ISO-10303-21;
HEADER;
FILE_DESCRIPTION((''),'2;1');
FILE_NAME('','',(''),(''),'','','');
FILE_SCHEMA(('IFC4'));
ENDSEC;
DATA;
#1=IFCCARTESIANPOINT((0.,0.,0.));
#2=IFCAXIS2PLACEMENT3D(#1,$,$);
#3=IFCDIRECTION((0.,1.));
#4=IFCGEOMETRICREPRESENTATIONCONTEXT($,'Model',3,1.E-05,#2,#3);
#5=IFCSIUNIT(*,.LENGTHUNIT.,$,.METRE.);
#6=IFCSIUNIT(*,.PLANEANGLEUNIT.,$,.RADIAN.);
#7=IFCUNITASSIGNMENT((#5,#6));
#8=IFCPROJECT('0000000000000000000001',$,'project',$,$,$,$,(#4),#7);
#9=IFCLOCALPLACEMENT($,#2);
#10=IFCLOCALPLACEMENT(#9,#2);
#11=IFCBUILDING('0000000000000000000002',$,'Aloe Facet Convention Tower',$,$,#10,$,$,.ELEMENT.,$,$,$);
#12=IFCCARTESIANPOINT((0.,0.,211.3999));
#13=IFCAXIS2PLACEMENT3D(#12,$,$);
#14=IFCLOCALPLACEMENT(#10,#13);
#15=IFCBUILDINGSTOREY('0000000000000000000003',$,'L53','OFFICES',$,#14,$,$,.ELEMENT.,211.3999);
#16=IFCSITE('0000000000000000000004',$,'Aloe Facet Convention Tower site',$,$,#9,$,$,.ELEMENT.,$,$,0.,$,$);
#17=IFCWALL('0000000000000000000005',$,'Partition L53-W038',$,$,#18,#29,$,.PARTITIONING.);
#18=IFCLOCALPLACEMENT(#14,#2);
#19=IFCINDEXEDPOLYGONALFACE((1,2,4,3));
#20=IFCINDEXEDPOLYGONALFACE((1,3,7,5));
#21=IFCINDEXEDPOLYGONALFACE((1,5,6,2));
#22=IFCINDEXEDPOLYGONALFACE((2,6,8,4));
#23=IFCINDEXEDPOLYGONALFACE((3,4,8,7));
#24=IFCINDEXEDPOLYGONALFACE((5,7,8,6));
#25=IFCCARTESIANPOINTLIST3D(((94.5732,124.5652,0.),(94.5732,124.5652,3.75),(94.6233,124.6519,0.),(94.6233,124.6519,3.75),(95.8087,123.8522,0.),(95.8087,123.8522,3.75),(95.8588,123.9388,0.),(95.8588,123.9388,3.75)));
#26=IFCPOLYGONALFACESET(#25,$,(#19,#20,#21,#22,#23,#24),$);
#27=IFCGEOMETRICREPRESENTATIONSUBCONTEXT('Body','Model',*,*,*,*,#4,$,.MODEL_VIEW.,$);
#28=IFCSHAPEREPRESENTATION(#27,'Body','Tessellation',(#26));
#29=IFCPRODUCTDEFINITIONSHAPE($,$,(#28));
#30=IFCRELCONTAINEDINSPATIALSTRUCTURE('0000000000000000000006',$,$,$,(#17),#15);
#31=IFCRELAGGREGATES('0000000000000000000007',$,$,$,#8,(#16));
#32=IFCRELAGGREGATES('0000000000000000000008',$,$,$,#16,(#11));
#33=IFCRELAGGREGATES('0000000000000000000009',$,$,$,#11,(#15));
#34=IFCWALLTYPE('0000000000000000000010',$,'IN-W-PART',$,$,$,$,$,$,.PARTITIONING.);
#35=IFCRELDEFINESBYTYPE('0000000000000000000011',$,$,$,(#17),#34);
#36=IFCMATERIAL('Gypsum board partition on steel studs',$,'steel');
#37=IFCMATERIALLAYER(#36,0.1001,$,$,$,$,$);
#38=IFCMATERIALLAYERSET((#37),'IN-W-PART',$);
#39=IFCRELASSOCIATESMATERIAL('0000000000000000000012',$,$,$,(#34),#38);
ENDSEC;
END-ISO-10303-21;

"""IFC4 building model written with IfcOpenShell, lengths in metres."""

from ifc_helpers import new_model, si_unit, direction, frame, frame_2d, origin, place, context, subcontext, project, spatial, rectangle, extrude, material, layer, layer_set, type_object, element, save


model = new_model("IFC4")

# Units and contexts
model_context = context("Model", 3, precision=1e-05, world=origin(), true_north=direction((0.0, 1.0)))
body_context = subcontext(model_context, "Body", "Model", "MODEL_VIEW")
ifc_project = project(units=[si_unit("LENGTHUNIT", "METRE"), si_unit("PLANEANGLEUNIT", "RADIAN")], contexts=[model_context])

# Site, building, storey
site_placement = place(None, origin())
site = spatial("IfcSite", under=ifc_project, at=site_placement, Name="Aloe Facet Convention Tower site", CompositionType="ELEMENT", RefElevation=0.0)
building_placement = place(site_placement, origin())
building = spatial("IfcBuilding", under=site, at=building_placement, Name="Aloe Facet Convention Tower", CompositionType="ELEMENT")
storey_placement = place(building_placement, frame((0.0, 0.0, 211.3999)))
storey = spatial("IfcBuildingStorey", under=building, at=storey_placement, Name="L53", Description="OFFICES", CompositionType="ELEMENT", Elevation=211.3999)

# Wall
ifc_material_1 = material(Name="Gypsum board partition on steel studs", Category="steel")
ifc_layer_1 = layer(ifc_material_1, 0.1001)
ifc_layer_set_1 = layer_set([ifc_layer_1], Name="IN-W-PART")
wall_type_1 = type_object("IfcWallType", Name="IN-W-PART", PredefinedType="PARTITIONING", material=ifc_layer_set_1)
wall_1_placement = place(storey_placement, frame((94.5981, 124.6086, 0.0), z_axis=(0.0, 0.0, 1.0), x_axis=(0.866097, -0.499876, 0.0)))
element("IfcWall", 1, at=wall_1_placement, inside=storey, type_object=wall_type_1, Name="Partition L53-W038", PredefinedType="PARTITIONING", context=body_context, shape_type="SweptSolid", body=[
    extrude(rectangle(XDim=1.4265, YDim=0.1001, at=frame_2d((0.7134, 0.0))), origin(), (0.0, 0.0, 1.0), 3.75),
])

save(model, "model.ifc")
